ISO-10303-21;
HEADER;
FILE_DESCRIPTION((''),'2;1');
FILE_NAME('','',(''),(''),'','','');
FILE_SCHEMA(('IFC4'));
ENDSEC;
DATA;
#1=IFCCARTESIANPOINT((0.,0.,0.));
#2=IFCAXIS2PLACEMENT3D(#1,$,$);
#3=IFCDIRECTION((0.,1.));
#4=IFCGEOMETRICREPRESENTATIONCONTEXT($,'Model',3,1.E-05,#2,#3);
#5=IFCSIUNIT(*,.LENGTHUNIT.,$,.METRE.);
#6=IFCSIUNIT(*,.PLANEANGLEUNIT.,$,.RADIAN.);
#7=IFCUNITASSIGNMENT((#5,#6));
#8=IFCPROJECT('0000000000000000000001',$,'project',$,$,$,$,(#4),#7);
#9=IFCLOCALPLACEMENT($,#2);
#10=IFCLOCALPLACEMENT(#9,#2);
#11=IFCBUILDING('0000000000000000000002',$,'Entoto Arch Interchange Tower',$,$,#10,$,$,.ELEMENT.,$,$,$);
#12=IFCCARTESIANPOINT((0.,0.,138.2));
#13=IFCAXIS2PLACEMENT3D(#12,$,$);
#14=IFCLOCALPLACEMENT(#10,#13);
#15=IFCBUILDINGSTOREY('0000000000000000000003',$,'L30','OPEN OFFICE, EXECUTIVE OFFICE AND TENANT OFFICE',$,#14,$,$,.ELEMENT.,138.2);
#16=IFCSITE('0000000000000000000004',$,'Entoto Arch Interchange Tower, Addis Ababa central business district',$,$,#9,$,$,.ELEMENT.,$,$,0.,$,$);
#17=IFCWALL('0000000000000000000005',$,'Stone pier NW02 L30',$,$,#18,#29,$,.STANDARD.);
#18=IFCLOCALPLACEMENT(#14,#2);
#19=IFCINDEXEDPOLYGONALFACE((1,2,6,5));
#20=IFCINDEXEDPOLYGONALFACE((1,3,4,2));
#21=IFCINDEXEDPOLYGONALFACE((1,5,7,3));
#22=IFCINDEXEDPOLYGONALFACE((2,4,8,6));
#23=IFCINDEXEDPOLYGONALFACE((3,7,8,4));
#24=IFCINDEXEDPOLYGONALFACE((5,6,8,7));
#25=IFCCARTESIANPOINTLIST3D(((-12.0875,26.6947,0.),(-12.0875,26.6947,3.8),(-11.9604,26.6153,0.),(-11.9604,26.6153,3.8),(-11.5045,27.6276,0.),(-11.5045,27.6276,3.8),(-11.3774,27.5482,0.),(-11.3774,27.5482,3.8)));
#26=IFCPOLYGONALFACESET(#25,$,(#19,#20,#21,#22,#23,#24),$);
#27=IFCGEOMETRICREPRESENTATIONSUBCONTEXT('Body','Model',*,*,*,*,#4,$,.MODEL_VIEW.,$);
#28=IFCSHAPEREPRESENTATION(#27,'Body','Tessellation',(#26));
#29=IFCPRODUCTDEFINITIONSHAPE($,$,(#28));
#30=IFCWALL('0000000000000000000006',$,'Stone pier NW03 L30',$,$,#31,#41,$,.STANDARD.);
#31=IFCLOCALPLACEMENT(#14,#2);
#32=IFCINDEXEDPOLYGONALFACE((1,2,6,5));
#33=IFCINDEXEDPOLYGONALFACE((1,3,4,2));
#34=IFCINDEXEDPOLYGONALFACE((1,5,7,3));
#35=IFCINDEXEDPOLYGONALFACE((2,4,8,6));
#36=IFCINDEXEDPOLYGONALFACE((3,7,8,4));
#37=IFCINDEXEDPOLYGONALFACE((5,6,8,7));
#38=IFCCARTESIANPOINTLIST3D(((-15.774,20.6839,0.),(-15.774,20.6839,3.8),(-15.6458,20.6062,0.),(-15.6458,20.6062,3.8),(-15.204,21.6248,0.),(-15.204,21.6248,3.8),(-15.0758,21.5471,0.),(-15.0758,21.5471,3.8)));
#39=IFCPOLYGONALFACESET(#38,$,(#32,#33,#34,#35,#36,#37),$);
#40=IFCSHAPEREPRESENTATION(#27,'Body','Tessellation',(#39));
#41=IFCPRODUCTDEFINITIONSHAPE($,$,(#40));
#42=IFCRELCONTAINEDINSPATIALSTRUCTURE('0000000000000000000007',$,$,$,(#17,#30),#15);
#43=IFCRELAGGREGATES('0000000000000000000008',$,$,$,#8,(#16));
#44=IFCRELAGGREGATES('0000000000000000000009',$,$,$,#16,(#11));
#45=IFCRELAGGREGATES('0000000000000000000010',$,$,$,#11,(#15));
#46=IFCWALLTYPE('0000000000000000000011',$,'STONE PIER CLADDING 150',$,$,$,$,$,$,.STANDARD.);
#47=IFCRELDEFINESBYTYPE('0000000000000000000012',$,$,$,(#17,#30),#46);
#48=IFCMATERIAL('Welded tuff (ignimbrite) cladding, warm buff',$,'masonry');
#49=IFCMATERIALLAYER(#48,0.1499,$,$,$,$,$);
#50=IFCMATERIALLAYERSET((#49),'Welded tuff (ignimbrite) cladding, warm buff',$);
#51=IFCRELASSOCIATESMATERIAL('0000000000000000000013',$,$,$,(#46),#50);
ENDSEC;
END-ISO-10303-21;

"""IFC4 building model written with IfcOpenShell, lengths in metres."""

from ifc_helpers import new_model, si_unit, direction, frame, frame_2d, origin, place, context, subcontext, project, spatial, rectangle, extrude, material, layer, layer_set, type_object, element, save


model = new_model("IFC4")

# Units and contexts
model_context = context("Model", 3, precision=1e-05, world=origin(), true_north=direction((0.0, 1.0)))
body_context = subcontext(model_context, "Body", "Model", "MODEL_VIEW")
ifc_project = project(units=[si_unit("LENGTHUNIT", "METRE"), si_unit("PLANEANGLEUNIT", "RADIAN")], contexts=[model_context])

# Site, building, storey
site_placement = place(None, origin())
site = spatial("IfcSite", under=ifc_project, at=site_placement, Name="Entoto Arch Interchange Tower, Addis Ababa central business district", CompositionType="ELEMENT", RefElevation=0.0)
building_placement = place(site_placement, origin())
building = spatial("IfcBuilding", under=site, at=building_placement, Name="Entoto Arch Interchange Tower", CompositionType="ELEMENT")
storey_placement = place(building_placement, frame((0.0, 0.0, 138.2)))
storey = spatial("IfcBuildingStorey", under=building, at=storey_placement, Name="L30", Description="OPEN OFFICE, EXECUTIVE OFFICE AND TENANT OFFICE", CompositionType="ELEMENT", Elevation=138.2)

# Shared definitions
ifc_material_1 = material(Name="Welded tuff (ignimbrite) cladding, warm buff", Category="masonry")

# Walls
ifc_layer_1 = layer(ifc_material_1, 0.1499)
ifc_layer_set_1 = layer_set([ifc_layer_1], Name="Welded tuff (ignimbrite) cladding, warm buff")
wall_type_1 = type_object("IfcWallType", Name="STONE PIER CLADDING 150", PredefinedType="STANDARD", material=ifc_layer_set_1)
for number, where, z_axis, x_axis, name in (
    (1, (-11.4409, 27.5879, 0.0), (0.0, 0.0, 1.0), (-0.529979, -0.848011, 0.0), "Stone pier NW02 L30"),
    (2, (-15.1399, 21.5859, 0.0), (0.0, 0.0, 1.0), (-0.518179, -0.855272, 0.0), "Stone pier NW03 L30"),
):
    element("IfcWall", number, at=place(storey_placement, frame(where, z_axis=z_axis, x_axis=x_axis)), inside=storey, type_object=wall_type_1, Name=name, PredefinedType="STANDARD", context=body_context, shape_type="SweptSolid", body=[
        extrude(rectangle(XDim=1.1001, YDim=0.1499, at=frame_2d((0.55, 0.0))), origin(), (0.0, 0.0, 1.0), 3.8),
    ])

save(model, "model.ifc")
